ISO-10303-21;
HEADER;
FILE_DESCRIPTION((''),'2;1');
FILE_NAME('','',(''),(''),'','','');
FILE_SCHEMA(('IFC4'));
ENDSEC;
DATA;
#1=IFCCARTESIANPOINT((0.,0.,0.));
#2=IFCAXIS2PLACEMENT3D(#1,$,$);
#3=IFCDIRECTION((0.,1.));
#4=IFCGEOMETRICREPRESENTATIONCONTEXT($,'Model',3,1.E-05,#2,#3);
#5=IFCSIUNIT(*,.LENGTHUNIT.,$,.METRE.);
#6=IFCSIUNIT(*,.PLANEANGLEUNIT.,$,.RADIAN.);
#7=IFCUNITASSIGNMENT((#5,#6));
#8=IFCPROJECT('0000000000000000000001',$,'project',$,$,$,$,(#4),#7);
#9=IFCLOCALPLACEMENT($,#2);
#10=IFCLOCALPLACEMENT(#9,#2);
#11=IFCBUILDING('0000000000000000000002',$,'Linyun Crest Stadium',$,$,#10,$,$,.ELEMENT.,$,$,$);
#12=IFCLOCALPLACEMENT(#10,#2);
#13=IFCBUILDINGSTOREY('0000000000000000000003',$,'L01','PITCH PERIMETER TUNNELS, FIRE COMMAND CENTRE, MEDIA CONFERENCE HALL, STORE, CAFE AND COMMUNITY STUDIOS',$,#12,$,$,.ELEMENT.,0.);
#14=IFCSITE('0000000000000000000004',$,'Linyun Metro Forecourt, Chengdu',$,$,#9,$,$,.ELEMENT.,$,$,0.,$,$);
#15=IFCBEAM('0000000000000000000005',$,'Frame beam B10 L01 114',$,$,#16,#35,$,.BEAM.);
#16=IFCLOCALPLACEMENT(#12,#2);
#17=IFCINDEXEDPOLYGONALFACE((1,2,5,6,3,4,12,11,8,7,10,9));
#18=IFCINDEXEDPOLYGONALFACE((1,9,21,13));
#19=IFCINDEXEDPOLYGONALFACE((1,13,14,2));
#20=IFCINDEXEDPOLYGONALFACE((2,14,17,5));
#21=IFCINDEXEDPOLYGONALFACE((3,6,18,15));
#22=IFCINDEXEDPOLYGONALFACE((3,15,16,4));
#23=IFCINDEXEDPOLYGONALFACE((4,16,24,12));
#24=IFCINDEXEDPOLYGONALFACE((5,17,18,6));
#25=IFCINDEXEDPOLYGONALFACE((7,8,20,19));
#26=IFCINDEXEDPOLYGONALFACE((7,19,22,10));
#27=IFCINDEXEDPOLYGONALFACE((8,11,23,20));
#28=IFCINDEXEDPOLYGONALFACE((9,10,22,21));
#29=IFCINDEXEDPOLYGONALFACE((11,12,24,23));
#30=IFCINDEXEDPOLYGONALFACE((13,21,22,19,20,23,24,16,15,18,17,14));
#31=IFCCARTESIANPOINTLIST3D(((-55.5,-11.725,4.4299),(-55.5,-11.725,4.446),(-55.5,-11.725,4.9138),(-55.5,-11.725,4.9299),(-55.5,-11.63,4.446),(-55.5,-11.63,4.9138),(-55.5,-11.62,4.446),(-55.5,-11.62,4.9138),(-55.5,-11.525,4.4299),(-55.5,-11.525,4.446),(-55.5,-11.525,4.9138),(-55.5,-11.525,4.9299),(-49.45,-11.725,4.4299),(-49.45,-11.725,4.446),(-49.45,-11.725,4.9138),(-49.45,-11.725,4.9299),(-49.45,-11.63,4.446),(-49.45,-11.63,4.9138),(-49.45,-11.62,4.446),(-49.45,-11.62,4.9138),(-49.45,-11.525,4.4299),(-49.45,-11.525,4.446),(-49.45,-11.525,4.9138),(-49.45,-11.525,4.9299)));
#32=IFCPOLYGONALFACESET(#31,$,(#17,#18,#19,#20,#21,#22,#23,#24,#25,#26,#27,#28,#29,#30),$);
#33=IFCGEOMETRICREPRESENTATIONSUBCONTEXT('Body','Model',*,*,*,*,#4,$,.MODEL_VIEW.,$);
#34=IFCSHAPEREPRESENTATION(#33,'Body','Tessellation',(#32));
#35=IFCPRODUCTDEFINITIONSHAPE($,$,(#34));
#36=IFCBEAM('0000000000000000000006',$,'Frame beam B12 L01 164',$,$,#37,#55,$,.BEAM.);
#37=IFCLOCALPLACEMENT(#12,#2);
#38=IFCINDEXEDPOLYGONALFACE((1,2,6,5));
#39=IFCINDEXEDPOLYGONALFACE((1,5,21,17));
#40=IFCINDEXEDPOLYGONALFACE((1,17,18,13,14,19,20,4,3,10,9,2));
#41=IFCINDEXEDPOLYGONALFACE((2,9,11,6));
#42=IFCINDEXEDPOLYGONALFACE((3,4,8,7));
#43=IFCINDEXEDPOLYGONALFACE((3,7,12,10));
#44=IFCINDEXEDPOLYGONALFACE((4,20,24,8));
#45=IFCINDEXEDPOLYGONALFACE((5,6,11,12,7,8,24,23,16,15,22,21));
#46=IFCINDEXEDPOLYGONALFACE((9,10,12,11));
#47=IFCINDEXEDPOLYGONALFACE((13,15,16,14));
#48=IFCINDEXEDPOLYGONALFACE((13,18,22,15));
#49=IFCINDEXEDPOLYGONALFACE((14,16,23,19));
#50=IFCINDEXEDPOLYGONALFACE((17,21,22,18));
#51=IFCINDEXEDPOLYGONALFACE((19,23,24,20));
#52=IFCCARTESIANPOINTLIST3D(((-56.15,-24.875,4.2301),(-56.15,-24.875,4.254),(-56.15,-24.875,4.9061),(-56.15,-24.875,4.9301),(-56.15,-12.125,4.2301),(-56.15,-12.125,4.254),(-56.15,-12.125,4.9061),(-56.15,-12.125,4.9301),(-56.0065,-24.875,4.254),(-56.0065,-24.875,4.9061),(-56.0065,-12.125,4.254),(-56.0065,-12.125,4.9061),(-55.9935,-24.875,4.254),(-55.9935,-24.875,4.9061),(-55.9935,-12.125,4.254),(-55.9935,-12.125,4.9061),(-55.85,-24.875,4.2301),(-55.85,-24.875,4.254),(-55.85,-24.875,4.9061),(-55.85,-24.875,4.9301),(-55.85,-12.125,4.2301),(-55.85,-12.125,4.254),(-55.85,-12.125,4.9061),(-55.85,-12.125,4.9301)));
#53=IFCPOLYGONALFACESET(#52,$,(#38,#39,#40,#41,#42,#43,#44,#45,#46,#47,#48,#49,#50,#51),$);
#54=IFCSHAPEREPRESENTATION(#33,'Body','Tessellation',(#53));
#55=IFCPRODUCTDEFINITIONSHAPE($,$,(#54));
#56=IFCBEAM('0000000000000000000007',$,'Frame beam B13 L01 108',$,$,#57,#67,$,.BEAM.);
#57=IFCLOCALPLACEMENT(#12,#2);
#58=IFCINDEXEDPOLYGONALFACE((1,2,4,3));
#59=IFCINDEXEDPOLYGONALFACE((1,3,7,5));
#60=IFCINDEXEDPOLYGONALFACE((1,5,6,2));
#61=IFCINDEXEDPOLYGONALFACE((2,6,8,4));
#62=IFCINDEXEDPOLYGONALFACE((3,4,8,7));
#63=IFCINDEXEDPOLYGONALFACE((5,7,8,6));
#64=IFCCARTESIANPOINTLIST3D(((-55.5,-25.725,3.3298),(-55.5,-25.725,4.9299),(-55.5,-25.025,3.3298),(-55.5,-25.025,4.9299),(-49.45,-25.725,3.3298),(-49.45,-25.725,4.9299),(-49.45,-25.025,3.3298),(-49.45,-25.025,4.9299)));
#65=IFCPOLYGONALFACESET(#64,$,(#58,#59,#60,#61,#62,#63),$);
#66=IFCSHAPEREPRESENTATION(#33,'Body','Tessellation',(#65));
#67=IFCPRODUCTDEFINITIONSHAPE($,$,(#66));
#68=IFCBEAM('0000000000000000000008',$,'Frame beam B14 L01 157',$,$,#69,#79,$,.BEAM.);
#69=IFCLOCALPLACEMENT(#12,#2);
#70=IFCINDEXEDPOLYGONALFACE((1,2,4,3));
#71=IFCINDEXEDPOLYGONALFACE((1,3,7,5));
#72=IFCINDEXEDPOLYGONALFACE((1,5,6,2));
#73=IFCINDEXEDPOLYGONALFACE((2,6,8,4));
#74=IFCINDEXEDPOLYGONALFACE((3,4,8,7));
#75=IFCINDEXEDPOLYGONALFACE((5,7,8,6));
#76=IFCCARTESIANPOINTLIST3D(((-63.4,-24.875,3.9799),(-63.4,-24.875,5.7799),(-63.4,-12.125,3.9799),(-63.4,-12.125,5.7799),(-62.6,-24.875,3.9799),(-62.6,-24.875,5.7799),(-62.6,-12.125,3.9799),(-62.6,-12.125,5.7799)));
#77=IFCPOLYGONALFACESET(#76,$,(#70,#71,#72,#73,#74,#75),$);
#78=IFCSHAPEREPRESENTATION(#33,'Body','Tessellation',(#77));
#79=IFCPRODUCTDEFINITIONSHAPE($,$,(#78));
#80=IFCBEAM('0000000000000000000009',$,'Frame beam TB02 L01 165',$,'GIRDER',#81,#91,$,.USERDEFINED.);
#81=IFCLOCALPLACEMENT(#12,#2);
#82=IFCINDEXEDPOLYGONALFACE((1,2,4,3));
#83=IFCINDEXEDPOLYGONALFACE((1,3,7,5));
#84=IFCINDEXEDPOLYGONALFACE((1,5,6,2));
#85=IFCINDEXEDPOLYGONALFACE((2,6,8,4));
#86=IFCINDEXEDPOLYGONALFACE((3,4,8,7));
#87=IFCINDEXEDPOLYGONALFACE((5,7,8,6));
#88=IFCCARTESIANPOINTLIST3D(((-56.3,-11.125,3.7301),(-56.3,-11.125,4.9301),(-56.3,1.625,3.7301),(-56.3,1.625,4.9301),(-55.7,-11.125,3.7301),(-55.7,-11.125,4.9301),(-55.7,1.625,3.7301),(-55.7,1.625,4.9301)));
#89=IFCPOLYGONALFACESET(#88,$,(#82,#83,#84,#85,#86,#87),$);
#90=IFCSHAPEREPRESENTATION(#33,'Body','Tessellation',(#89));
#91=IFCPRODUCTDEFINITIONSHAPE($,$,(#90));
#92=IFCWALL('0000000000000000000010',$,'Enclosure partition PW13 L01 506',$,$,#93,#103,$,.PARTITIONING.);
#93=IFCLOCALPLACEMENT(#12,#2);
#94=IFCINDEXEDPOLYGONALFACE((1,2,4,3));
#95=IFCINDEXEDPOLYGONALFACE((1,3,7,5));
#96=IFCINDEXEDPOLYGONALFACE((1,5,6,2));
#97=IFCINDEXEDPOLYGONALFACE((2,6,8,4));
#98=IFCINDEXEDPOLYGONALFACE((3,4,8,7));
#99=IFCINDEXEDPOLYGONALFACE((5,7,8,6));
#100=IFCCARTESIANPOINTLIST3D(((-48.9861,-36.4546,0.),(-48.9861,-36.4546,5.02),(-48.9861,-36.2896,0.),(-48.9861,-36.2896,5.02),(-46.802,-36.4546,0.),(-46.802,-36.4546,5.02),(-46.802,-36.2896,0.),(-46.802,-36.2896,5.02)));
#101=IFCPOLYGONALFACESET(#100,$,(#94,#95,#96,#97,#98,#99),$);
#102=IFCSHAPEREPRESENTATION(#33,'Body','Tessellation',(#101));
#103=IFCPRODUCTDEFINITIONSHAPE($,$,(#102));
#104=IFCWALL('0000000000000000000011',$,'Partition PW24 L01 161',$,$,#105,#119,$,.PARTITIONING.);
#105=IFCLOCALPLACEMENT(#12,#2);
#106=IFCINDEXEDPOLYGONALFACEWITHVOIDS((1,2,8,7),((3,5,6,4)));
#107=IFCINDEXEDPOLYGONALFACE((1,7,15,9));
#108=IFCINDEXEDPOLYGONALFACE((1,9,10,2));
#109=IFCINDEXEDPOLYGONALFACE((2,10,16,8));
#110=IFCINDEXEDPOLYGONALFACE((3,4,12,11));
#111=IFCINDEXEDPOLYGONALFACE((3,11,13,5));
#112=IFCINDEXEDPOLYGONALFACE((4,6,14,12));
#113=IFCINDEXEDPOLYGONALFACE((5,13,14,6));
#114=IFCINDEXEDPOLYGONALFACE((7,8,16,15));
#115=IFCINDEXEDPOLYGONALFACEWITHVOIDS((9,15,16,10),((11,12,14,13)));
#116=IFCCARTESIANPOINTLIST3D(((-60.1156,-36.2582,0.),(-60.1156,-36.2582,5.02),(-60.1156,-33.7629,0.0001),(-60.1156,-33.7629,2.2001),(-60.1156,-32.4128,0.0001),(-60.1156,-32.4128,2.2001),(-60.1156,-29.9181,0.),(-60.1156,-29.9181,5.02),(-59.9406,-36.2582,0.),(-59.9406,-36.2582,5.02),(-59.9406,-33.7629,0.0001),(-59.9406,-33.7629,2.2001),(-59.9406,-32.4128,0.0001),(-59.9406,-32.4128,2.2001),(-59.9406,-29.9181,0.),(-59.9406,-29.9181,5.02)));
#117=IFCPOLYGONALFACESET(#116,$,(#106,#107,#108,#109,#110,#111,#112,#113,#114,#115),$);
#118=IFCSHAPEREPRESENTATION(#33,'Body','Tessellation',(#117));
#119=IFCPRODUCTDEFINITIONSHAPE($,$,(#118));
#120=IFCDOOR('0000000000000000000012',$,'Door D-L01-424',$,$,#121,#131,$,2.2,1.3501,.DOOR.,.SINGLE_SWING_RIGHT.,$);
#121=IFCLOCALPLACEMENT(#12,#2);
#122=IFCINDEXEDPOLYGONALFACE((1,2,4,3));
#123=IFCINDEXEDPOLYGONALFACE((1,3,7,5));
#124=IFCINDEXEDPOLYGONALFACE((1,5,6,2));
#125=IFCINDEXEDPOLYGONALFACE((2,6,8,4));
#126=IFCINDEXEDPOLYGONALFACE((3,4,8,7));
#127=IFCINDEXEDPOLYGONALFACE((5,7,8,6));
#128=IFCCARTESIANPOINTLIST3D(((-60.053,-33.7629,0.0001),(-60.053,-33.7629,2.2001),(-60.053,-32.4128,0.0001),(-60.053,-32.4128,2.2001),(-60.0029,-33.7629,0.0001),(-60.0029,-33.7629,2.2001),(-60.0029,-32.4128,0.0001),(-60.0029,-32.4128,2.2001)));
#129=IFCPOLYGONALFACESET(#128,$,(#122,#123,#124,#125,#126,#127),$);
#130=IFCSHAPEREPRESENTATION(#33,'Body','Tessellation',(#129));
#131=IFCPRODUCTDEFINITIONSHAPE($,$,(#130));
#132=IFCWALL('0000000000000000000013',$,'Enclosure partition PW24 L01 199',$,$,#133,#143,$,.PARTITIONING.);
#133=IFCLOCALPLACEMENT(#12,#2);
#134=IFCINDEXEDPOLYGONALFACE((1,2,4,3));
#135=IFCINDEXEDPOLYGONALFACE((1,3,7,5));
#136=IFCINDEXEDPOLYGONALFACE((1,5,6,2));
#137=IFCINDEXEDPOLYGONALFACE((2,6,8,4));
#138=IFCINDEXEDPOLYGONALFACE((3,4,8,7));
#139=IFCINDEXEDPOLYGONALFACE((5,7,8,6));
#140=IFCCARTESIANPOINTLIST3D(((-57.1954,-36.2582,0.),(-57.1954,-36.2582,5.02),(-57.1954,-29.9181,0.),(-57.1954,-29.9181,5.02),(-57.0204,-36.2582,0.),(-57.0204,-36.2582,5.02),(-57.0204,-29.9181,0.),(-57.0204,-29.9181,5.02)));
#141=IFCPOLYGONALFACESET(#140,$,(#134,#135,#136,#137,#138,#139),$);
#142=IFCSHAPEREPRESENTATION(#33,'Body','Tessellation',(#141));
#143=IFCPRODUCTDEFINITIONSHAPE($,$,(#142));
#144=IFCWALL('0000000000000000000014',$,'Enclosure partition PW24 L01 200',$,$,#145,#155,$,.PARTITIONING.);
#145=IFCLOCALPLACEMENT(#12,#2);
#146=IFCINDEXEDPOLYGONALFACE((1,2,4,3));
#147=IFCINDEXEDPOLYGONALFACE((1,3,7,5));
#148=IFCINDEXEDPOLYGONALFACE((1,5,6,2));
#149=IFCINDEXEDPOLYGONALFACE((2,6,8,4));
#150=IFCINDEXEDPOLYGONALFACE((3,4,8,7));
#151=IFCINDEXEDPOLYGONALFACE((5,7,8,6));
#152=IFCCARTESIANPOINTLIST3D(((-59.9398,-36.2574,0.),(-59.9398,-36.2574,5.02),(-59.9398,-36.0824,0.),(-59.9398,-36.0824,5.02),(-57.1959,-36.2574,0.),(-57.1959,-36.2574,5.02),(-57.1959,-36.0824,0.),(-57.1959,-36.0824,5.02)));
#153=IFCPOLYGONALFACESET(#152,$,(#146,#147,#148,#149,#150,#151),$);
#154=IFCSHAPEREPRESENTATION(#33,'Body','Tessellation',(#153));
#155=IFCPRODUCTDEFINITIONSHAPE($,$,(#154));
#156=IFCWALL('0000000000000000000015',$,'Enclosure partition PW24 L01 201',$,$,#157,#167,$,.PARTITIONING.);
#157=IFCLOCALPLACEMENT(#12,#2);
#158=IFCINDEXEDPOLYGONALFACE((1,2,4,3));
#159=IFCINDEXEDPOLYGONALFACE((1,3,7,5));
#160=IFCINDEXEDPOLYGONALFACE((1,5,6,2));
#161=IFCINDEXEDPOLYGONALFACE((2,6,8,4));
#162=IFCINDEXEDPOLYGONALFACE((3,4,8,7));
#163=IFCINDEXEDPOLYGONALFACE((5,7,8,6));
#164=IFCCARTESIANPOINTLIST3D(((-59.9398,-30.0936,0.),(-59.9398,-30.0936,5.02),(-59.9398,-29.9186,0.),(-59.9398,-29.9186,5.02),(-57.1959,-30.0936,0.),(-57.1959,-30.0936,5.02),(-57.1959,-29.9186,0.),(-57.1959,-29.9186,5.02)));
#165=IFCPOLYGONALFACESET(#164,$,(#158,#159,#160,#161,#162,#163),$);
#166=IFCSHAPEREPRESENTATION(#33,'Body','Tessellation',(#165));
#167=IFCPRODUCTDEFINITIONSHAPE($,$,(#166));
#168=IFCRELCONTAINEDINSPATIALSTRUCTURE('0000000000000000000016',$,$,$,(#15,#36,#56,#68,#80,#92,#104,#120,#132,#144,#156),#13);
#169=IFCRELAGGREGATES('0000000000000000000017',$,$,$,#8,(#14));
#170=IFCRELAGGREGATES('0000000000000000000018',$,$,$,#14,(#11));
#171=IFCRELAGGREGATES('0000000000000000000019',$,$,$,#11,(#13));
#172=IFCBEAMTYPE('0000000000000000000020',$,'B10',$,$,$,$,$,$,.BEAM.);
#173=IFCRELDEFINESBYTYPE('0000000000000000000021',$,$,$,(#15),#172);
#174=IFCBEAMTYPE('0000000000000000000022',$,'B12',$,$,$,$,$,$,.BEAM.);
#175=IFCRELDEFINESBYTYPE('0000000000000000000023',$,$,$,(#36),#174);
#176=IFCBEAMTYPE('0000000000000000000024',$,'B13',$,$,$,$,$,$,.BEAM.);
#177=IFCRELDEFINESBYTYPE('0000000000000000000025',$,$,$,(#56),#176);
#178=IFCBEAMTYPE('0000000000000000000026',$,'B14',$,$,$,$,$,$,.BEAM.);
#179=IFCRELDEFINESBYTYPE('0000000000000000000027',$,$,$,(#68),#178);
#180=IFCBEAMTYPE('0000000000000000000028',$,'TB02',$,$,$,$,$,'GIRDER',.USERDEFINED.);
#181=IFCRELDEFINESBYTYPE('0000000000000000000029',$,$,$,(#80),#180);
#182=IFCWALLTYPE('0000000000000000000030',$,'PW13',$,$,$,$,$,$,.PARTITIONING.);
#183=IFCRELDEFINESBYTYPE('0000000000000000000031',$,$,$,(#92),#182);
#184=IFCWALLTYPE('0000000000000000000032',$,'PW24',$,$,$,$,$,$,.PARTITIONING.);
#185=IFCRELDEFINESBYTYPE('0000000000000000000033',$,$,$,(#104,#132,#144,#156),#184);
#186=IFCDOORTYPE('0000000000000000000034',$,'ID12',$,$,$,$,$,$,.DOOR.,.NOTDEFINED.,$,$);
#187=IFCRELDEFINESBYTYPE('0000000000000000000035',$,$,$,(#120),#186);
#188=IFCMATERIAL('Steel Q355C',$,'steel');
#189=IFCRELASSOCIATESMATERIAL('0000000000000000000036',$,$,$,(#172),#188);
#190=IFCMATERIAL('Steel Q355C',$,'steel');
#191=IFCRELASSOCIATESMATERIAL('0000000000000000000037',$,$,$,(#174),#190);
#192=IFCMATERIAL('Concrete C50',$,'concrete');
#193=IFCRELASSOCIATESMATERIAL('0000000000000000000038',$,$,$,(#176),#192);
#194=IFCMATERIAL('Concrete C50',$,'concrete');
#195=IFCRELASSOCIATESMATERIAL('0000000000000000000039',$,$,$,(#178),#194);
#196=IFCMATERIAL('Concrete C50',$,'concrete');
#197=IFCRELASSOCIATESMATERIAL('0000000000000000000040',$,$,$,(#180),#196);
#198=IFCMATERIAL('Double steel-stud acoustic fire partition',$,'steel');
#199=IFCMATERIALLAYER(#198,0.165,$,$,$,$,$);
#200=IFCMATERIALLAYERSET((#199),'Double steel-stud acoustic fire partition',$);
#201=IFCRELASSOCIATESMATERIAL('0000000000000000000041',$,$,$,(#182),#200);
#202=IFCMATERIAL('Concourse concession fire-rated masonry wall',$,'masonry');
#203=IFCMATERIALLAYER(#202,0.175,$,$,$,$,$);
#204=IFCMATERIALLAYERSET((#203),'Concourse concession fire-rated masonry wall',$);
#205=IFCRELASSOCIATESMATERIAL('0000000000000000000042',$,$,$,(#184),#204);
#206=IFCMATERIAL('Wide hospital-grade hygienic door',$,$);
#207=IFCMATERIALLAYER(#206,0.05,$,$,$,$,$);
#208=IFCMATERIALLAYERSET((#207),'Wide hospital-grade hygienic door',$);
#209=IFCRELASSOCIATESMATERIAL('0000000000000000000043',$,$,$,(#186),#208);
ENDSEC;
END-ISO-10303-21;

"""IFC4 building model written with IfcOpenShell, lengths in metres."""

from ifc_helpers import new_model, si_unit, direction, frame, frame_2d, origin, origin_2d, place, context, subcontext, project, spatial, rectangle, i_section, extrude, material, layer, layer_set, material_profile, profile_set, type_object, element, fill, save


model = new_model("IFC4")

# Units and contexts
model_context = context("Model", 3, precision=1e-05, world=origin(), true_north=direction((0.0, 1.0)))
body_context = subcontext(model_context, "Body", "Model", "MODEL_VIEW")
ifc_project = project(units=[si_unit("LENGTHUNIT", "METRE"), si_unit("PLANEANGLEUNIT", "RADIAN")], contexts=[model_context])

# Site, building, storey
site_placement = place(None, origin())
site = spatial("IfcSite", under=ifc_project, at=site_placement, Name="Linyun Metro Forecourt, Chengdu", CompositionType="ELEMENT", RefElevation=0.0)
building_placement = place(site_placement, origin())
building = spatial("IfcBuilding", under=site, at=building_placement, Name="Linyun Crest Stadium", CompositionType="ELEMENT")
storey_placement = place(building_placement, origin())
storey = spatial("IfcBuildingStorey", under=building, at=storey_placement, Name="L01", Description="PITCH PERIMETER TUNNELS, FIRE COMMAND CENTRE, MEDIA CONFERENCE HALL, STORE, CAFE AND COMMUNITY STUDIOS", CompositionType="ELEMENT", Elevation=0.0)

# Beams
ifc_material_1 = material(Name="Steel Q355C", Category="steel")
ifc_material_profile_1 = material_profile(ifc_material_1, i_section(OverallWidth=0.2, OverallDepth=0.5, WebThickness=0.01, FlangeThickness=0.0161, at=origin_2d()), Name="HN 500x200")
ifc_profile_set_1 = profile_set([ifc_material_profile_1], Name="Steel Q355C")
beam_type_1 = type_object("IfcBeamType", Name="B10", PredefinedType="BEAM", material=ifc_profile_set_1)
beam_1_placement = place(storey_placement, frame((-55.5, -11.625, 4.6799), z_axis=(1.0, 0.0, 0.0), x_axis=(0.0, 1.0, 0.0)))
element("IfcBeam", 1, at=beam_1_placement, inside=storey, type_object=beam_type_1, Name="Frame beam B10 L01 114", PredefinedType="BEAM", context=body_context, shape_type="SweptSolid", body=[
    extrude(i_section(OverallWidth=0.2, OverallDepth=0.5, WebThickness=0.01, FlangeThickness=0.0161, at=origin_2d()), origin(), (0.0, 0.0, 1.0), 6.05),
])
ifc_material_2 = material(Name="Steel Q355C", Category="steel")
ifc_material_profile_2 = material_profile(ifc_material_2, i_section(OverallWidth=0.3, OverallDepth=0.7, WebThickness=0.0129, FlangeThickness=0.0239, at=origin_2d()), Name="HN 700x300")
ifc_profile_set_2 = profile_set([ifc_material_profile_2], Name="Steel Q355C")
beam_type_2 = type_object("IfcBeamType", Name="B12", PredefinedType="BEAM", material=ifc_profile_set_2)
beam_2_placement = place(storey_placement, frame((-56.0, -24.875, 4.5801), z_axis=(0.0, 1.0, 0.0), x_axis=(-1.0, 0.0, 0.0)))
element("IfcBeam", 2, at=beam_2_placement, inside=storey, type_object=beam_type_2, Name="Frame beam B12 L01 164", PredefinedType="BEAM", context=body_context, shape_type="SweptSolid", body=[
    extrude(i_section(OverallWidth=0.3, OverallDepth=0.7, WebThickness=0.0129, FlangeThickness=0.0239, at=origin_2d()), origin(), (0.0, 0.0, 1.0), 12.75),
])
ifc_material_3 = material(Name="Concrete C50", Category="concrete")
ifc_material_profile_3 = material_profile(ifc_material_3, rectangle(XDim=0.7, YDim=1.6001, at=origin_2d()), Name="RCB 1600x700")
ifc_profile_set_3 = profile_set([ifc_material_profile_3], Name="Concrete C50")
beam_type_3 = type_object("IfcBeamType", Name="B13", PredefinedType="BEAM", material=ifc_profile_set_3)
beam_3_placement = place(storey_placement, frame((-55.5, -25.375, 4.1299), z_axis=(1.0, 0.0, 0.0), x_axis=(0.0, 1.0, 0.0)))
element("IfcBeam", 3, at=beam_3_placement, inside=storey, type_object=beam_type_3, Name="Frame beam B13 L01 108", PredefinedType="BEAM", context=body_context, shape_type="SweptSolid", body=[
    extrude(rectangle(XDim=0.7, YDim=1.6001, at=origin_2d()), origin(), (0.0, 0.0, 1.0), 6.05),
])
ifc_material_4 = material(Name="Concrete C50", Category="concrete")
ifc_material_profile_4 = material_profile(ifc_material_4, rectangle(XDim=0.8, YDim=1.8, at=origin_2d()), Name="RCB 1800x800")
ifc_profile_set_4 = profile_set([ifc_material_profile_4], Name="Concrete C50")
beam_type_4 = type_object("IfcBeamType", Name="B14", PredefinedType="BEAM", material=ifc_profile_set_4)
beam_4_placement = place(storey_placement, frame((-63.0, -24.875, 4.8799), z_axis=(0.0, 1.0, 0.0), x_axis=(-1.0, 0.0, 0.0)))
element("IfcBeam", 4, at=beam_4_placement, inside=storey, type_object=beam_type_4, Name="Frame beam B14 L01 157", PredefinedType="BEAM", context=body_context, shape_type="SweptSolid", body=[
    extrude(rectangle(XDim=0.8, YDim=1.8, at=origin_2d()), origin(), (0.0, 0.0, 1.0), 12.75),
])
ifc_material_5 = material(Name="Concrete C50", Category="concrete")
ifc_material_profile_5 = material_profile(ifc_material_5, rectangle(XDim=0.6001, YDim=1.2, at=origin_2d()), Name="RCB 1200x600")
ifc_profile_set_5 = profile_set([ifc_material_profile_5], Name="Concrete C50")
beam_type_5 = type_object("IfcBeamType", Name="TB02", ElementType="GIRDER", PredefinedType="USERDEFINED", material=ifc_profile_set_5)
beam_5_placement = place(storey_placement, frame((-56.0, -11.125, 4.3301), z_axis=(0.0, 1.0, 0.0), x_axis=(-1.0, 0.0, 0.0)))
element("IfcBeam", 5, at=beam_5_placement, inside=storey, type_object=beam_type_5, Name="Frame beam TB02 L01 165", ObjectType="GIRDER", PredefinedType="USERDEFINED", context=body_context, shape_type="SweptSolid", body=[
    extrude(rectangle(XDim=0.6001, YDim=1.2, at=origin_2d()), origin(), (0.0, 0.0, 1.0), 12.75),
])

# Wall
ifc_material_6 = material(Name="Double steel-stud acoustic fire partition", Category="steel")
ifc_layer_1 = layer(ifc_material_6, 0.165)
ifc_layer_set_1 = layer_set([ifc_layer_1], Name="Double steel-stud acoustic fire partition")
wall_type_1 = type_object("IfcWallType", Name="PW13", PredefinedType="PARTITIONING", material=ifc_layer_set_1)
wall_1_placement = place(storey_placement, frame((-48.9861, -36.3721, 0.0), z_axis=(0.0, 0.0, 1.0), x_axis=(1.0, 0.0, 0.0)))
element("IfcWall", 6, at=wall_1_placement, inside=storey, type_object=wall_type_1, Name="Enclosure partition PW13 L01 506", PredefinedType="PARTITIONING", context=body_context, shape_type="SweptSolid", body=[
    extrude(rectangle(XDim=2.1841, YDim=0.165, at=frame_2d((1.092, 0.0))), origin(), (0.0, 0.0, 1.0), 5.02),
])

# Wall, opening, door
ifc_material_7 = material(Name="Concourse concession fire-rated masonry wall", Category="masonry")
ifc_layer_2 = layer(ifc_material_7, 0.175)
ifc_layer_set_2 = layer_set([ifc_layer_2], Name="Concourse concession fire-rated masonry wall")
wall_type_2 = type_object("IfcWallType", Name="PW24", PredefinedType="PARTITIONING", material=ifc_layer_set_2)
wall_2_placement = place(storey_placement, frame((-60.0281, -36.2581, 0.0), z_axis=(0.0, 0.0, 1.0), x_axis=(0.0, 1.0, 0.0)))
wall_2 = element("IfcWall", 7, at=wall_2_placement, inside=storey, type_object=wall_type_2, Name="Partition PW24 L01 161", PredefinedType="PARTITIONING", context=body_context, shape_type="SweptSolid", body=[
    extrude(rectangle(XDim=6.3401, YDim=0.175, at=frame_2d((3.1699, 0.0))), origin(), (0.0, 0.0, 1.0), 5.02),
])
opening_placement = place(wall_2_placement, frame((2.4951, 0.0, 0.0)))
opening = element("IfcOpeningElement", 8, at=opening_placement, cuts=wall_2, PredefinedType="OPENING", context=body_context, shape_type="SweptSolid", body=[
    extrude(rectangle(XDim=1.3501, YDim=2.2, at=frame_2d((0.675, 1.1001))), frame((0.0, 0.0974, 0.0), z_axis=(0.0, -1.0, 0.0), x_axis=(1.0, 0.0, 0.0)), (0.0, 0.0, 1.0), 0.1951),
])
ifc_material_8 = material(Name="Wide hospital-grade hygienic door")
ifc_layer_3 = layer(ifc_material_8, 0.05)
ifc_layer_set_3 = layer_set([ifc_layer_3], Name="Wide hospital-grade hygienic door")
door_type = type_object("IfcDoorType", Name="ID12", OperationType="NOTDEFINED", PredefinedType="DOOR", material=ifc_layer_set_3)
door_placement = place(opening_placement, origin())
door = element("IfcDoor", 9, at=door_placement, inside=storey, type_object=door_type, Name="Door D-L01-424", OperationType="SINGLE_SWING_RIGHT", OverallHeight=2.2, OverallWidth=1.3501, PredefinedType="DOOR", context=body_context, shape_type="SweptSolid", body=[
    extrude(rectangle(XDim=1.3501, YDim=2.2, at=frame_2d((0.675, 1.1001))), frame((0.0, 0.0249, 0.0), z_axis=(0.0, -1.0, 0.0), x_axis=(1.0, 0.0, 0.0)), (0.0, 0.0, 1.0), 0.05),
])
fill(opening, door)

# Walls
wall_3_placement = place(storey_placement, frame((-57.1079, -36.2581, 0.0), z_axis=(0.0, 0.0, 1.0), x_axis=(0.0, 1.0, 0.0)))
element("IfcWall", 10, at=wall_3_placement, inside=storey, type_object=wall_type_2, Name="Enclosure partition PW24 L01 199", PredefinedType="PARTITIONING", context=body_context, shape_type="SweptSolid", body=[
    extrude(rectangle(XDim=6.3401, YDim=0.175, at=frame_2d((3.1699, 0.0))), origin(), (0.0, 0.0, 1.0), 5.02),
])
for number, where, z_axis, x_axis, name in (
    (11, (-59.9399, -36.1699, 0.0), (0.0, 0.0, 1.0), (1.0, 0.0, 0.0), "Enclosure partition PW24 L01 200"),
    (12, (-59.9399, -30.0061, 0.0), (0.0, 0.0, 1.0), (1.0, 0.0, 0.0), "Enclosure partition PW24 L01 201"),
):
    element("IfcWall", number, at=place(storey_placement, frame(where, z_axis=z_axis, x_axis=x_axis)), inside=storey, type_object=wall_type_2, Name=name, PredefinedType="PARTITIONING", context=body_context, shape_type="SweptSolid", body=[
        extrude(rectangle(XDim=2.7439, YDim=0.175, at=frame_2d((1.3721, 0.0))), origin(), (0.0, 0.0, 1.0), 5.02),
    ])

save(model, "model.ifc")
